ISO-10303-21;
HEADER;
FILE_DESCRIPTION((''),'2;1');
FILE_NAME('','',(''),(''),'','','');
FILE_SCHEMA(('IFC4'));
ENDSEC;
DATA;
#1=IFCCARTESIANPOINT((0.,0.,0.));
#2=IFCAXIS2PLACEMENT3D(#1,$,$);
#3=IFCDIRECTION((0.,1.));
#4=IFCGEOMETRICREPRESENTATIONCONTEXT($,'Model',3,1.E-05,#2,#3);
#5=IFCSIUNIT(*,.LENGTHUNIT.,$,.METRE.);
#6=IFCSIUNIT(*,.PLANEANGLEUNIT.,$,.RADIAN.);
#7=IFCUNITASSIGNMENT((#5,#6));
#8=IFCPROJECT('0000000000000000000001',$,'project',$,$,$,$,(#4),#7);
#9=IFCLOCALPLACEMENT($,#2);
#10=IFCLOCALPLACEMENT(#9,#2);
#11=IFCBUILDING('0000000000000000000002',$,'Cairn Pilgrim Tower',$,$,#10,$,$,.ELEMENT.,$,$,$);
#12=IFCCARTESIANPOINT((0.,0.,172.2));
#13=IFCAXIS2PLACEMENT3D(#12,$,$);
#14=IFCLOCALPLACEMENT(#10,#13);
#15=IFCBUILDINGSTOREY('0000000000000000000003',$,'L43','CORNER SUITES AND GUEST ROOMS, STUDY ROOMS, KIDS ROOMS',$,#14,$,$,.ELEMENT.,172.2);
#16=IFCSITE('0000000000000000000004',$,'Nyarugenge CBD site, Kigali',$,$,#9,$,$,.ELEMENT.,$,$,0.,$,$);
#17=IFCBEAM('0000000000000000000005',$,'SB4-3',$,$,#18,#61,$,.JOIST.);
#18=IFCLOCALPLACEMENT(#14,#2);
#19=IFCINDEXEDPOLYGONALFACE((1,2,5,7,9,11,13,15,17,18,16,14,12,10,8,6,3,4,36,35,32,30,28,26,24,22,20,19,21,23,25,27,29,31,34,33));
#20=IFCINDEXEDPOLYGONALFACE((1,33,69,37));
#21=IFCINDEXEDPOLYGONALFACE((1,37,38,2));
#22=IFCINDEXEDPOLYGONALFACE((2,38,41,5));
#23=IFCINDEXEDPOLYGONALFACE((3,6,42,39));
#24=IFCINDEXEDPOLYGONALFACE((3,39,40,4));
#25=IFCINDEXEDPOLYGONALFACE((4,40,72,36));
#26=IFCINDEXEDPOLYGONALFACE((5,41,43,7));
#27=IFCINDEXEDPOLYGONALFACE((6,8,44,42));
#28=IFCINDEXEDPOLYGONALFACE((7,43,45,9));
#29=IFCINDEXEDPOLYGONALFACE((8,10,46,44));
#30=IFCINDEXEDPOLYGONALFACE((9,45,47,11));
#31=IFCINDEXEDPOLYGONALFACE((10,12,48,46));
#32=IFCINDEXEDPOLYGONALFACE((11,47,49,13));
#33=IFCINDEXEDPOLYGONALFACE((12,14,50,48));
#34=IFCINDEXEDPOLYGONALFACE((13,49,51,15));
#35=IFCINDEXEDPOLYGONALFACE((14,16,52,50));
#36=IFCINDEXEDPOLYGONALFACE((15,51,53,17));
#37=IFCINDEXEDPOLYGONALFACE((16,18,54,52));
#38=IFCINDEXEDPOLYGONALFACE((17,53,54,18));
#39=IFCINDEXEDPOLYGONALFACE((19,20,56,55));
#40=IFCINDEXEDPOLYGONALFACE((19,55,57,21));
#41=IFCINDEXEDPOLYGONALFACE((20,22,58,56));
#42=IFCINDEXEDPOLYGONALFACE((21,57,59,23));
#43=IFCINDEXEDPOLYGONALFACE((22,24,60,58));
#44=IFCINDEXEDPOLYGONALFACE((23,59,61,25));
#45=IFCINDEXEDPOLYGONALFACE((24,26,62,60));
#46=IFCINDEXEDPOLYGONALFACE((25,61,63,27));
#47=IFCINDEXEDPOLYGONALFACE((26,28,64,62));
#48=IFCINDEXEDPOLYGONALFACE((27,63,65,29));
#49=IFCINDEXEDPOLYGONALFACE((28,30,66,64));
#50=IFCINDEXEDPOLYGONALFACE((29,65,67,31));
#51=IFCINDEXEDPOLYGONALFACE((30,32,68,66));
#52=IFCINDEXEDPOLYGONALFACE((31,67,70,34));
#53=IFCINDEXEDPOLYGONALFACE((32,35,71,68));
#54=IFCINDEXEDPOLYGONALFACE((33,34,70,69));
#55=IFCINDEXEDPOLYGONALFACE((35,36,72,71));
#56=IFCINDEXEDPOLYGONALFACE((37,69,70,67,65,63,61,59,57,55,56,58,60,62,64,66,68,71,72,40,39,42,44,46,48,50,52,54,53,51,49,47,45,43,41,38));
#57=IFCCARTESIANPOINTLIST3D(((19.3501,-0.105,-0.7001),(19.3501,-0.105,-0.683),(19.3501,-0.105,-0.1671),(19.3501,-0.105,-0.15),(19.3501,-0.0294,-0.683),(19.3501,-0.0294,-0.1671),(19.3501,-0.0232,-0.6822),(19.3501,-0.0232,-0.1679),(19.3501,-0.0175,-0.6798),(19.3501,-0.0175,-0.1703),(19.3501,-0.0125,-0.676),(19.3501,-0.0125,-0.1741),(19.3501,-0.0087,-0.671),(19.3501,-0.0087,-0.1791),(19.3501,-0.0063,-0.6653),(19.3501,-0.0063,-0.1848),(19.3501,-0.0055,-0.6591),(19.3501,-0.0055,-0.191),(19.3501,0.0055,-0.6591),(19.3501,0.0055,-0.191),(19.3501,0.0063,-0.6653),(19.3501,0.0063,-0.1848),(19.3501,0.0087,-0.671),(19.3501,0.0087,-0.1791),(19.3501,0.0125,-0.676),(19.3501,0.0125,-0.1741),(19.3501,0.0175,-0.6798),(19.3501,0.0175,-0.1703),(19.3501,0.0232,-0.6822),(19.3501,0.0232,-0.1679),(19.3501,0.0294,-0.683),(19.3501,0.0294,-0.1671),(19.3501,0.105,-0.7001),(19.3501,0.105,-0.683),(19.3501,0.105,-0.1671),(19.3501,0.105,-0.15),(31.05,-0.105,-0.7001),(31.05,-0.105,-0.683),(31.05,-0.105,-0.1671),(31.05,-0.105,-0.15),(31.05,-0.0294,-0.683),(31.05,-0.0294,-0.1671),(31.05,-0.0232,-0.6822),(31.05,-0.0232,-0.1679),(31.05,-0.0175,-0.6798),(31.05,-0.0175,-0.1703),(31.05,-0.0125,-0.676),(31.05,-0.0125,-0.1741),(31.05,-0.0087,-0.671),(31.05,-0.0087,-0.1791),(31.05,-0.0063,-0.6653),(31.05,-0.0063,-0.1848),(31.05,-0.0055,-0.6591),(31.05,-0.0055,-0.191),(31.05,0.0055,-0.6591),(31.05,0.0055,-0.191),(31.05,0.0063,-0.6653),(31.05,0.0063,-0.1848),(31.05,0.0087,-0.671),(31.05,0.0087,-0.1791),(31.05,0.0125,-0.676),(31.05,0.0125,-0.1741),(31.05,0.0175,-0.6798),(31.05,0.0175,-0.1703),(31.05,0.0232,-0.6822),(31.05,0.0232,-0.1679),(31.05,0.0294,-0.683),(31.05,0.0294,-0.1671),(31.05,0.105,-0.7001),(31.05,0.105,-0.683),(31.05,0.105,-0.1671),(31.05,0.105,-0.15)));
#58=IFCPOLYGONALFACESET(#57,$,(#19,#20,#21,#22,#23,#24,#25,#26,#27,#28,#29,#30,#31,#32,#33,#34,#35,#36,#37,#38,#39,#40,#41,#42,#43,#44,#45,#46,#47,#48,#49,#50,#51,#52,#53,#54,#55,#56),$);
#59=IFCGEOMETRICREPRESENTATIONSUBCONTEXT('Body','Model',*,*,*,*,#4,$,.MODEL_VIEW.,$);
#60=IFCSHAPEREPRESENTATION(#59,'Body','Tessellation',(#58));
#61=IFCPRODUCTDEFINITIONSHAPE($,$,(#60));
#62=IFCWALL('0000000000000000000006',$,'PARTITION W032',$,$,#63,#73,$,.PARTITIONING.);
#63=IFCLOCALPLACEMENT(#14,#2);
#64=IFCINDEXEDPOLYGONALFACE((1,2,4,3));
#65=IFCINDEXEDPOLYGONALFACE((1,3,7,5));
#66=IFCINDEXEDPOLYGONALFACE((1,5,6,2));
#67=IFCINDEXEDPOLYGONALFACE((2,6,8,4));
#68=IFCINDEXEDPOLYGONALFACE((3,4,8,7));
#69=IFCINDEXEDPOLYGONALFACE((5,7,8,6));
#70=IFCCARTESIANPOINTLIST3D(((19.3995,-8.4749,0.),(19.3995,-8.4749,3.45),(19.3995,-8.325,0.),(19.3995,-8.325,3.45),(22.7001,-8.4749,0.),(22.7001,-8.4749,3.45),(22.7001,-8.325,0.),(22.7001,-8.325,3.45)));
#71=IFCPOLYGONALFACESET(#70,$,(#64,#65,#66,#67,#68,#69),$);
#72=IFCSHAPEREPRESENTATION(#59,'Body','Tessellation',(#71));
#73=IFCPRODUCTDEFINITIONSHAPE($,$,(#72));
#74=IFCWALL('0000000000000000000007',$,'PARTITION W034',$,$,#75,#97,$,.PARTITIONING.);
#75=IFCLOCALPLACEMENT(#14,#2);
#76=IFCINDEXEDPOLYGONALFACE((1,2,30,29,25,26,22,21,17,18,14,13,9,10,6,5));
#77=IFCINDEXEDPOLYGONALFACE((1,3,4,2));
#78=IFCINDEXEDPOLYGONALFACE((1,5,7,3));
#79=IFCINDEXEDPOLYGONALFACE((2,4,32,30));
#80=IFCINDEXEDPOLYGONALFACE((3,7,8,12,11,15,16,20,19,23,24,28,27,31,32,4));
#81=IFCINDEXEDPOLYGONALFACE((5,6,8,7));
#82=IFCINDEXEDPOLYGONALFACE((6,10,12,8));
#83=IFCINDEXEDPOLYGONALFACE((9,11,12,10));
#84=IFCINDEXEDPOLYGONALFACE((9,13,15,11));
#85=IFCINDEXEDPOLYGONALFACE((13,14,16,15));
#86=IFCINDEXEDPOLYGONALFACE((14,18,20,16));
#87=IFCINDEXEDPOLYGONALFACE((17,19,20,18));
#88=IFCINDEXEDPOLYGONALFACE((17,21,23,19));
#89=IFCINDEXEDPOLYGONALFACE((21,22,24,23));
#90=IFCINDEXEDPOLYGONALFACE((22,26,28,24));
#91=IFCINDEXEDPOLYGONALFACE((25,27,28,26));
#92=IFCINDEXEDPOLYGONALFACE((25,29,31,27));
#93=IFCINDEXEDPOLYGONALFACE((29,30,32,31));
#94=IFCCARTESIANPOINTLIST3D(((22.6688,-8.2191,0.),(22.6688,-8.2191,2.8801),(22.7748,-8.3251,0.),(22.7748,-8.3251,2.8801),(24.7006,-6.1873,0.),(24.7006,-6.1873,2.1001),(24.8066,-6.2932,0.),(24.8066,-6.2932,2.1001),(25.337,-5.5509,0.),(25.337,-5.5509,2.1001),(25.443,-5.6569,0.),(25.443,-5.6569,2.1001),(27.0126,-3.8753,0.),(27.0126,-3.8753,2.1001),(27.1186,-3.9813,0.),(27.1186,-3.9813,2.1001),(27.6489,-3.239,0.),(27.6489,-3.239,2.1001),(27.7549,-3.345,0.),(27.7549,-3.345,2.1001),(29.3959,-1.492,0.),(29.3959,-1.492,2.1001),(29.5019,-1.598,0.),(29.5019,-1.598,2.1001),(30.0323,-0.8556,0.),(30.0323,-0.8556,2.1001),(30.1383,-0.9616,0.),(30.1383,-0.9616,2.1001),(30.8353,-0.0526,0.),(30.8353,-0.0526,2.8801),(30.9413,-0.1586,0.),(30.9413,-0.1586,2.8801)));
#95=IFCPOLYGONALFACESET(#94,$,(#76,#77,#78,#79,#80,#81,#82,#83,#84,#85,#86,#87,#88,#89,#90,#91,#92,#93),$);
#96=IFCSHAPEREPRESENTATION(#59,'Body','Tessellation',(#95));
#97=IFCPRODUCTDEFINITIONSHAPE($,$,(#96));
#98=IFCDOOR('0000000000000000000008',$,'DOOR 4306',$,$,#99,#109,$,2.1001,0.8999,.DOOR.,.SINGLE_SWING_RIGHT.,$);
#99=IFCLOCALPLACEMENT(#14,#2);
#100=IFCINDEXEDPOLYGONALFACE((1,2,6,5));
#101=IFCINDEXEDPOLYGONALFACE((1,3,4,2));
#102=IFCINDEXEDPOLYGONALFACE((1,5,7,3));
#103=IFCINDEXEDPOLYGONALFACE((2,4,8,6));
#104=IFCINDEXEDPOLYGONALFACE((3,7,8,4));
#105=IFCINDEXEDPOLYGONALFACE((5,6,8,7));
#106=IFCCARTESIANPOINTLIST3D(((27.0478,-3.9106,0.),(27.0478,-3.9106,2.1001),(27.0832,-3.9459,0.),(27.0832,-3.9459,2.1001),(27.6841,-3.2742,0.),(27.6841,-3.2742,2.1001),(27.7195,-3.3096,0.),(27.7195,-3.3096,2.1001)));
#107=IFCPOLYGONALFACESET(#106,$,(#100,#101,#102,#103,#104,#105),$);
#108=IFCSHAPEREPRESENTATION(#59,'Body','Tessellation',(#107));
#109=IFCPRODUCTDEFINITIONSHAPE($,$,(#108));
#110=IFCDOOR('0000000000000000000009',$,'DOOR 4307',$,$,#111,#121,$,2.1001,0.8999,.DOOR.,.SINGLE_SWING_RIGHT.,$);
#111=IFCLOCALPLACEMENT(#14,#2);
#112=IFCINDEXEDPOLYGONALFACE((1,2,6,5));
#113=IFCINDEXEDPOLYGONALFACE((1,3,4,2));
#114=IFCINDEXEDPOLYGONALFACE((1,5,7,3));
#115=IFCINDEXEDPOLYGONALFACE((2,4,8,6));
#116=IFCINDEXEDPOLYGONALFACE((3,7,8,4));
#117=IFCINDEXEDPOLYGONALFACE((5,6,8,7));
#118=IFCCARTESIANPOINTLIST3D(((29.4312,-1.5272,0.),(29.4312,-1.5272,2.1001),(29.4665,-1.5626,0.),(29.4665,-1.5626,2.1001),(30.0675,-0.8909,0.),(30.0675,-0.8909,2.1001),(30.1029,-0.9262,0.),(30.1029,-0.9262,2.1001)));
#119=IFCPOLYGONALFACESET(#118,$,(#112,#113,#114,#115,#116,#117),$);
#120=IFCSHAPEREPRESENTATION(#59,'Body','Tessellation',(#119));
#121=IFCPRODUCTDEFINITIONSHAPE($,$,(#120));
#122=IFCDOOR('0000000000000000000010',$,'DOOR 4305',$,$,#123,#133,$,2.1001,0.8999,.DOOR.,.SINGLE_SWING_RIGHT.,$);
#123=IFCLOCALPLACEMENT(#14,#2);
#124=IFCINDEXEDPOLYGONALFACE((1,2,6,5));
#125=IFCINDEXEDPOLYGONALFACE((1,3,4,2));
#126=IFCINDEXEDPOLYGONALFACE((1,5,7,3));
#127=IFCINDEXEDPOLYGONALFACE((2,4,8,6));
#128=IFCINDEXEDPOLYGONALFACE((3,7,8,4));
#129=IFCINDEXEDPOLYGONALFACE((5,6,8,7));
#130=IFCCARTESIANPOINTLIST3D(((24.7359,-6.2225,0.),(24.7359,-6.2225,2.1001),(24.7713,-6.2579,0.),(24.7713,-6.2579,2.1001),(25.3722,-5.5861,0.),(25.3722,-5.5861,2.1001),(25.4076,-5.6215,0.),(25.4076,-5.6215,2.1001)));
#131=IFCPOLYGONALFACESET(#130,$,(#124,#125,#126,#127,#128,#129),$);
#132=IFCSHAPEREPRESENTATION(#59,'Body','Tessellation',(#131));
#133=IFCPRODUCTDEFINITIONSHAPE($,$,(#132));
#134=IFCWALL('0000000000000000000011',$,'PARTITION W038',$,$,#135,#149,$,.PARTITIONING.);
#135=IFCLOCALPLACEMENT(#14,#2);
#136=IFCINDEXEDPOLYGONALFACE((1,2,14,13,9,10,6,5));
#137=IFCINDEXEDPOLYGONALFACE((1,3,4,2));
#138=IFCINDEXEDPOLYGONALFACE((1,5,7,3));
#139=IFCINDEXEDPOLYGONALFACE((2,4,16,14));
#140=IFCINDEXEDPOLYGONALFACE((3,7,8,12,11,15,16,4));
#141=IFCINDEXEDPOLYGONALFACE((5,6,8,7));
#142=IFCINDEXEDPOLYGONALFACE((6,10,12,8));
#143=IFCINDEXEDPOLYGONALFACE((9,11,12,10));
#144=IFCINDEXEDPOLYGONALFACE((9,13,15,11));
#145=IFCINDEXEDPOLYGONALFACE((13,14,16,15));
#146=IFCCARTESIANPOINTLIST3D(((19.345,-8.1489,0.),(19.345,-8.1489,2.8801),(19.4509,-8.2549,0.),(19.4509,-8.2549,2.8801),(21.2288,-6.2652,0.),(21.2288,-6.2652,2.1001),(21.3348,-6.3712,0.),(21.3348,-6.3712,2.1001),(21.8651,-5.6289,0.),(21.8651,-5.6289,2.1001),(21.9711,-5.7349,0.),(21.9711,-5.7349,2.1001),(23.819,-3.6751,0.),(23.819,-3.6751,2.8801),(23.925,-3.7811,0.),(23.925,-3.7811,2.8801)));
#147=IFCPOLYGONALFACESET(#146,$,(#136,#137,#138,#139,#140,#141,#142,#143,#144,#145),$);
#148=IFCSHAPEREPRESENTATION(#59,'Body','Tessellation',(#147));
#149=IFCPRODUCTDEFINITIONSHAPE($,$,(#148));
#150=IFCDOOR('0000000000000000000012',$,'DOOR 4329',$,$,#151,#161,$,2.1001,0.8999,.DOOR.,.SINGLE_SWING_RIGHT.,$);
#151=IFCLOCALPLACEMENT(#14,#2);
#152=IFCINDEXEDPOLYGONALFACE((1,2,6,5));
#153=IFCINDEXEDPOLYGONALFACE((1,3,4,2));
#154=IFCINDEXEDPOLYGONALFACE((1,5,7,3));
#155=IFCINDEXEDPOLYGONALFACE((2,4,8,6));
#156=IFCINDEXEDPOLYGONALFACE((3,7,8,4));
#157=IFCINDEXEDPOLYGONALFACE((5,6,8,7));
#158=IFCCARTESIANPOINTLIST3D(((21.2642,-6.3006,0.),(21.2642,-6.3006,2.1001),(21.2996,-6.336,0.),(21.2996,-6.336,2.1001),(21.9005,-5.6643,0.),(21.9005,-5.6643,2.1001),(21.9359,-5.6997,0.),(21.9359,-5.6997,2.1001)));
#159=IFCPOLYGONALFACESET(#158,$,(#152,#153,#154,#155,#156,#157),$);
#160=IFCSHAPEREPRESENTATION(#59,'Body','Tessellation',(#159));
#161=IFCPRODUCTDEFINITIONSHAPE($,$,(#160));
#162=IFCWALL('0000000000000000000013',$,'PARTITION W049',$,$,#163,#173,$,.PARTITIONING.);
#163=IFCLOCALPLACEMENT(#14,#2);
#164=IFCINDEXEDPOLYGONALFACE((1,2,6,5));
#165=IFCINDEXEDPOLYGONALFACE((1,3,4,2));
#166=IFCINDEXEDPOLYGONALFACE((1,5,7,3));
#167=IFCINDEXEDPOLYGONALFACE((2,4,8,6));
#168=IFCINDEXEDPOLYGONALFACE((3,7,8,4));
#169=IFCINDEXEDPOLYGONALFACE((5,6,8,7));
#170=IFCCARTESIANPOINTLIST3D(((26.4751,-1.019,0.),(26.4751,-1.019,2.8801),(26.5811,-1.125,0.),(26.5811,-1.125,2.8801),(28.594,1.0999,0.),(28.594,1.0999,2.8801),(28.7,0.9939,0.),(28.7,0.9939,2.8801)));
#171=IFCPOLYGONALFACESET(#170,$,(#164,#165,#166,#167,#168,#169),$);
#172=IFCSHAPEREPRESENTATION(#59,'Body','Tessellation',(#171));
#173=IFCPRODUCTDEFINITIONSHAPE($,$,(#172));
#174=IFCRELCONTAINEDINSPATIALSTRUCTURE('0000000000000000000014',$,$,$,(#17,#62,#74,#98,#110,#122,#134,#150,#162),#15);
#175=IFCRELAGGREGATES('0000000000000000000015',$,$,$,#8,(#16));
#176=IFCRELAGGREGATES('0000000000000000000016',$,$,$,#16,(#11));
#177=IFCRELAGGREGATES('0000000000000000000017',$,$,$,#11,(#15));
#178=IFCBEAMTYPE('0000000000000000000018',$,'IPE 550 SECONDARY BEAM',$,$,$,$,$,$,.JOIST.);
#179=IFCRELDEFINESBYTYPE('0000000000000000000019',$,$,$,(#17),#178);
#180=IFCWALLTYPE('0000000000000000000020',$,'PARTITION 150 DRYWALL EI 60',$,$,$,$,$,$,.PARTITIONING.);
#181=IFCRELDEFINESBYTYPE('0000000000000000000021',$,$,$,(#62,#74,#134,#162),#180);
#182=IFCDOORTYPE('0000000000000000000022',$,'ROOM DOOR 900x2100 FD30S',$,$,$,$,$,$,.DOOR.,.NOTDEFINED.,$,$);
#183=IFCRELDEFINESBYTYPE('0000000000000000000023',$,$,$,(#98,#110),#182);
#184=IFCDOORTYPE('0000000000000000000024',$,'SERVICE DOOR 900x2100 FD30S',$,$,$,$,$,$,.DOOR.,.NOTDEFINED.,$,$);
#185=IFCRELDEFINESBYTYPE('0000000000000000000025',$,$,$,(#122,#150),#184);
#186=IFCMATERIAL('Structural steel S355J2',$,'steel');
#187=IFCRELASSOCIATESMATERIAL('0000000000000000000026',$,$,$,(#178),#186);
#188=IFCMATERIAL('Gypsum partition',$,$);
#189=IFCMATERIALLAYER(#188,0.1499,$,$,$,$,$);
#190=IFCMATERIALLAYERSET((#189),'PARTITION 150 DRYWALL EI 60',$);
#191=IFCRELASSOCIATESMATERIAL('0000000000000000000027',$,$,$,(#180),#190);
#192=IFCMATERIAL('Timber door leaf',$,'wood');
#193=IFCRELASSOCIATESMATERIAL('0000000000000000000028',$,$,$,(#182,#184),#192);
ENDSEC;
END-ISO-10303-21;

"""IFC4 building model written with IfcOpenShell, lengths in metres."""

from ifc_helpers import new_model, si_unit, direction, frame, frame_2d, origin, origin_2d, place, context, subcontext, project, spatial, rectangle, i_section, extrude, material, layer, layer_set, material_profile, profile_set, type_object, element, fill, save


model = new_model("IFC4")

# Units and contexts
model_context = context("Model", 3, precision=1e-05, world=origin(), true_north=direction((0.0, 1.0)))
body_context = subcontext(model_context, "Body", "Model", "MODEL_VIEW")
ifc_project = project(units=[si_unit("LENGTHUNIT", "METRE"), si_unit("PLANEANGLEUNIT", "RADIAN")], contexts=[model_context])

# Site, building, storey
site_placement = place(None, origin())
site = spatial("IfcSite", under=ifc_project, at=site_placement, Name="Nyarugenge CBD site, Kigali", CompositionType="ELEMENT", RefElevation=0.0)
building_placement = place(site_placement, origin())
building = spatial("IfcBuilding", under=site, at=building_placement, Name="Cairn Pilgrim Tower", CompositionType="ELEMENT")
storey_placement = place(building_placement, frame((0.0, 0.0, 172.2)))
storey = spatial("IfcBuildingStorey", under=building, at=storey_placement, Name="L43", Description="CORNER SUITES AND GUEST ROOMS, STUDY ROOMS, KIDS ROOMS", CompositionType="ELEMENT", Elevation=172.2)

# Beam
ifc_material_1 = material(Name="Structural steel S355J2", Category="steel")
ifc_material_profile_1 = material_profile(ifc_material_1, i_section(OverallWidth=0.21, OverallDepth=0.55, WebThickness=0.011, FlangeThickness=0.0171, FilletRadius=0.0239, at=origin_2d()), Name="IPE 550")
ifc_profile_set_1 = profile_set([ifc_material_profile_1], Name="Structural steel S355J2")
beam_type_1 = type_object("IfcBeamType", Name="IPE 550 SECONDARY BEAM", PredefinedType="JOIST", material=ifc_profile_set_1)
for number, where, z_axis, x_axis, name in (
    (1, (19.3501, 0.0, -0.425), (1.0, 0.0, 0.0), (0.0, 1.0, 0.0), "SB4-3"),
):
    element("IfcBeam", number, at=place(storey_placement, frame(where, z_axis=z_axis, x_axis=x_axis)), inside=storey, type_object=beam_type_1, Name=name, PredefinedType="JOIST", context=body_context, shape_type="SweptSolid", body=[
        extrude(i_section(OverallWidth=0.21, OverallDepth=0.55, WebThickness=0.011, FlangeThickness=0.0171, FilletRadius=0.0239, at=origin_2d()), origin(), (0.0, 0.0, 1.0), 11.7),
    ])

# Wall
ifc_material_2 = material(Name="Gypsum partition")
ifc_layer_1 = layer(ifc_material_2, 0.1499)
ifc_layer_set_1 = layer_set([ifc_layer_1], Name="PARTITION 150 DRYWALL EI 60")
wall_type_1 = type_object("IfcWallType", Name="PARTITION 150 DRYWALL EI 60", PredefinedType="PARTITIONING", material=ifc_layer_set_1)
wall_1_placement = place(storey_placement, frame((19.3994, -8.3999, 0.0), z_axis=(0.0, 0.0, 1.0), x_axis=(1.0, 0.0, 0.0)))
element("IfcWall", 2, at=wall_1_placement, inside=storey, type_object=wall_type_1, Name="PARTITION W032", PredefinedType="PARTITIONING", context=body_context, shape_type="SweptSolid", body=[
    extrude(rectangle(XDim=3.3005, YDim=0.1499, at=frame_2d((1.6504, 0.0))), origin(), (0.0, 0.0, 1.0), 3.45),
])

# Wall, openings, doors
wall_2_placement = place(storey_placement, frame((22.7219, -8.272, 0.0), z_axis=(0.0, 0.0, 1.0), x_axis=(0.707107, 0.707107, 0.0)))
wall_2 = element("IfcWall", 3, at=wall_2_placement, inside=storey, type_object=wall_type_1, Name="PARTITION W034", PredefinedType="PARTITIONING", context=body_context, shape_type="SweptSolid", body=[
    extrude(rectangle(XDim=11.5491, YDim=0.1499, at=frame_2d((5.7744, 0.0))), origin(), (0.0, 0.0, 1.0), 2.8801),
])
opening_1_placement = place(wall_2_placement, frame((2.8733, 0.0, 0.0)))
opening_1 = element("IfcOpeningElement", 4, at=opening_1_placement, cuts=wall_2, PredefinedType="OPENING", context=body_context, shape_type="SweptSolid", body=[
    extrude(rectangle(XDim=0.8999, YDim=2.1001, at=frame_2d((0.45, 1.05))), frame((0.0, 0.085, 0.0), z_axis=(0.0, -1.0, 0.0), x_axis=(1.0, 0.0, 0.0)), (0.0, 0.0, 1.0), 0.1699),
])
opening_2_placement = place(wall_2_placement, frame((6.1428, 0.0, 0.0)))
opening_2 = element("IfcOpeningElement", 5, at=opening_2_placement, cuts=wall_2, PredefinedType="OPENING", context=body_context, shape_type="SweptSolid", body=[
    extrude(rectangle(XDim=0.8999, YDim=2.1001, at=frame_2d((0.45, 1.05))), frame((0.0, 0.085, 0.0), z_axis=(0.0, -1.0, 0.0), x_axis=(1.0, 0.0, 0.0)), (0.0, 0.0, 1.0), 0.1699),
])
opening_3_placement = place(wall_2_placement, frame((9.5134, 0.0, 0.0)))
opening_3 = element("IfcOpeningElement", 6, at=opening_3_placement, cuts=wall_2, PredefinedType="OPENING", context=body_context, shape_type="SweptSolid", body=[
    extrude(rectangle(XDim=0.8999, YDim=2.1001, at=frame_2d((0.45, 1.05))), frame((0.0, 0.085, 0.0), z_axis=(0.0, -1.0, 0.0), x_axis=(1.0, 0.0, 0.0)), (0.0, 0.0, 1.0), 0.1699),
])
ifc_material_3 = material(Name="Timber door leaf", Category="wood")
door_type_1 = type_object("IfcDoorType", Name="ROOM DOOR 900x2100 FD30S", OperationType="NOTDEFINED", PredefinedType="DOOR", material=ifc_material_3)
door_1_placement = place(opening_2_placement, frame((0.8999, 0.0, 0.0), z_axis=(0.0, 0.0, 1.0), x_axis=(-1.0, 0.0, 0.0)))
door_1 = element("IfcDoor", 7, at=door_1_placement, inside=storey, type_object=door_type_1, Name="DOOR 4306", OperationType="SINGLE_SWING_RIGHT", OverallHeight=2.1001, OverallWidth=0.8999, PredefinedType="DOOR", context=body_context, shape_type="SweptSolid", body=[
    extrude(rectangle(XDim=0.8999, YDim=2.1001, at=frame_2d((0.45, 1.05))), frame((0.0, 0.0249, 0.0), z_axis=(0.0, -1.0, 0.0), x_axis=(1.0, 0.0, 0.0)), (0.0, 0.0, 1.0), 0.05),
])
fill(opening_2, door_1)
door_2_placement = place(opening_3_placement, frame((0.8999, 0.0, 0.0), z_axis=(0.0, 0.0, 1.0), x_axis=(-1.0, 0.0, 0.0)))
door_2 = element("IfcDoor", 8, at=door_2_placement, inside=storey, type_object=door_type_1, Name="DOOR 4307", OperationType="SINGLE_SWING_RIGHT", OverallHeight=2.1001, OverallWidth=0.8999, PredefinedType="DOOR", context=body_context, shape_type="SweptSolid", body=[
    extrude(rectangle(XDim=0.8999, YDim=2.1001, at=frame_2d((0.45, 1.05))), frame((0.0, 0.0249, 0.0), z_axis=(0.0, -1.0, 0.0), x_axis=(1.0, 0.0, 0.0)), (0.0, 0.0, 1.0), 0.05),
])
fill(opening_3, door_2)
door_type_2 = type_object("IfcDoorType", Name="SERVICE DOOR 900x2100 FD30S", OperationType="NOTDEFINED", PredefinedType="DOOR", material=ifc_material_3)
door_3_placement = place(opening_1_placement, frame((0.8999, 0.0, 0.0), z_axis=(0.0, 0.0, 1.0), x_axis=(-1.0, 0.0, 0.0)))
door_3 = element("IfcDoor", 9, at=door_3_placement, inside=storey, type_object=door_type_2, Name="DOOR 4305", OperationType="SINGLE_SWING_RIGHT", OverallHeight=2.1001, OverallWidth=0.8999, PredefinedType="DOOR", context=body_context, shape_type="SweptSolid", body=[
    extrude(rectangle(XDim=0.8999, YDim=2.1001, at=frame_2d((0.45, 1.05))), frame((0.0, 0.0249, 0.0), z_axis=(0.0, -1.0, 0.0), x_axis=(1.0, 0.0, 0.0)), (0.0, 0.0, 1.0), 0.05),
])
fill(opening_1, door_3)

# Wall, opening, door
wall_3_placement = place(storey_placement, frame((19.3979, -8.2019, 0.0), z_axis=(0.0, 0.0, 1.0), x_axis=(0.707126, 0.707087, 0.0)))
wall_3 = element("IfcWall", 10, at=wall_3_placement, inside=storey, type_object=wall_type_1, Name="PARTITION W038", PredefinedType="PARTITIONING", context=body_context, shape_type="SweptSolid", body=[
    extrude(rectangle(XDim=6.3271, YDim=0.1499, at=frame_2d((3.1636, 0.0))), origin(), (0.0, 0.0, 1.0), 2.8801),
])
opening_4_placement = place(wall_3_placement, frame((2.6641, 0.0, 0.0)))
opening_4 = element("IfcOpeningElement", 11, at=opening_4_placement, cuts=wall_3, PredefinedType="OPENING", context=body_context, shape_type="SweptSolid", body=[
    extrude(rectangle(XDim=0.8999, YDim=2.1001, at=frame_2d((0.45, 1.05))), frame((0.0, 0.085, 0.0), z_axis=(0.0, -1.0, 0.0), x_axis=(1.0, 0.0, 0.0)), (0.0, 0.0, 1.0), 0.1699),
])
door_4_placement = place(opening_4_placement, origin())
door_4 = element("IfcDoor", 12, at=door_4_placement, inside=storey, type_object=door_type_2, Name="DOOR 4329", OperationType="SINGLE_SWING_RIGHT", OverallHeight=2.1001, OverallWidth=0.8999, PredefinedType="DOOR", context=body_context, shape_type="SweptSolid", body=[
    extrude(rectangle(XDim=0.8999, YDim=2.1001, at=frame_2d((0.45, 1.05))), frame((0.0, 0.0249, 0.0), z_axis=(0.0, -1.0, 0.0), x_axis=(1.0, 0.0, 0.0)), (0.0, 0.0, 1.0), 0.05),
])
fill(opening_4, door_4)

# Wall
wall_4_placement = place(storey_placement, frame((26.5281, -1.072, 0.0), z_axis=(0.0, 0.0, 1.0), x_axis=(0.707107, 0.707107, 0.0)))
element("IfcWall", 13, at=wall_4_placement, inside=storey, type_object=wall_type_1, Name="PARTITION W049", PredefinedType="PARTITIONING", context=body_context, shape_type="SweptSolid", body=[
    extrude(rectangle(XDim=2.9966, YDim=0.1499, at=frame_2d((1.4983, 0.0))), origin(), (0.0, 0.0, 1.0), 2.8801),
])

save(model, "model.ifc")
